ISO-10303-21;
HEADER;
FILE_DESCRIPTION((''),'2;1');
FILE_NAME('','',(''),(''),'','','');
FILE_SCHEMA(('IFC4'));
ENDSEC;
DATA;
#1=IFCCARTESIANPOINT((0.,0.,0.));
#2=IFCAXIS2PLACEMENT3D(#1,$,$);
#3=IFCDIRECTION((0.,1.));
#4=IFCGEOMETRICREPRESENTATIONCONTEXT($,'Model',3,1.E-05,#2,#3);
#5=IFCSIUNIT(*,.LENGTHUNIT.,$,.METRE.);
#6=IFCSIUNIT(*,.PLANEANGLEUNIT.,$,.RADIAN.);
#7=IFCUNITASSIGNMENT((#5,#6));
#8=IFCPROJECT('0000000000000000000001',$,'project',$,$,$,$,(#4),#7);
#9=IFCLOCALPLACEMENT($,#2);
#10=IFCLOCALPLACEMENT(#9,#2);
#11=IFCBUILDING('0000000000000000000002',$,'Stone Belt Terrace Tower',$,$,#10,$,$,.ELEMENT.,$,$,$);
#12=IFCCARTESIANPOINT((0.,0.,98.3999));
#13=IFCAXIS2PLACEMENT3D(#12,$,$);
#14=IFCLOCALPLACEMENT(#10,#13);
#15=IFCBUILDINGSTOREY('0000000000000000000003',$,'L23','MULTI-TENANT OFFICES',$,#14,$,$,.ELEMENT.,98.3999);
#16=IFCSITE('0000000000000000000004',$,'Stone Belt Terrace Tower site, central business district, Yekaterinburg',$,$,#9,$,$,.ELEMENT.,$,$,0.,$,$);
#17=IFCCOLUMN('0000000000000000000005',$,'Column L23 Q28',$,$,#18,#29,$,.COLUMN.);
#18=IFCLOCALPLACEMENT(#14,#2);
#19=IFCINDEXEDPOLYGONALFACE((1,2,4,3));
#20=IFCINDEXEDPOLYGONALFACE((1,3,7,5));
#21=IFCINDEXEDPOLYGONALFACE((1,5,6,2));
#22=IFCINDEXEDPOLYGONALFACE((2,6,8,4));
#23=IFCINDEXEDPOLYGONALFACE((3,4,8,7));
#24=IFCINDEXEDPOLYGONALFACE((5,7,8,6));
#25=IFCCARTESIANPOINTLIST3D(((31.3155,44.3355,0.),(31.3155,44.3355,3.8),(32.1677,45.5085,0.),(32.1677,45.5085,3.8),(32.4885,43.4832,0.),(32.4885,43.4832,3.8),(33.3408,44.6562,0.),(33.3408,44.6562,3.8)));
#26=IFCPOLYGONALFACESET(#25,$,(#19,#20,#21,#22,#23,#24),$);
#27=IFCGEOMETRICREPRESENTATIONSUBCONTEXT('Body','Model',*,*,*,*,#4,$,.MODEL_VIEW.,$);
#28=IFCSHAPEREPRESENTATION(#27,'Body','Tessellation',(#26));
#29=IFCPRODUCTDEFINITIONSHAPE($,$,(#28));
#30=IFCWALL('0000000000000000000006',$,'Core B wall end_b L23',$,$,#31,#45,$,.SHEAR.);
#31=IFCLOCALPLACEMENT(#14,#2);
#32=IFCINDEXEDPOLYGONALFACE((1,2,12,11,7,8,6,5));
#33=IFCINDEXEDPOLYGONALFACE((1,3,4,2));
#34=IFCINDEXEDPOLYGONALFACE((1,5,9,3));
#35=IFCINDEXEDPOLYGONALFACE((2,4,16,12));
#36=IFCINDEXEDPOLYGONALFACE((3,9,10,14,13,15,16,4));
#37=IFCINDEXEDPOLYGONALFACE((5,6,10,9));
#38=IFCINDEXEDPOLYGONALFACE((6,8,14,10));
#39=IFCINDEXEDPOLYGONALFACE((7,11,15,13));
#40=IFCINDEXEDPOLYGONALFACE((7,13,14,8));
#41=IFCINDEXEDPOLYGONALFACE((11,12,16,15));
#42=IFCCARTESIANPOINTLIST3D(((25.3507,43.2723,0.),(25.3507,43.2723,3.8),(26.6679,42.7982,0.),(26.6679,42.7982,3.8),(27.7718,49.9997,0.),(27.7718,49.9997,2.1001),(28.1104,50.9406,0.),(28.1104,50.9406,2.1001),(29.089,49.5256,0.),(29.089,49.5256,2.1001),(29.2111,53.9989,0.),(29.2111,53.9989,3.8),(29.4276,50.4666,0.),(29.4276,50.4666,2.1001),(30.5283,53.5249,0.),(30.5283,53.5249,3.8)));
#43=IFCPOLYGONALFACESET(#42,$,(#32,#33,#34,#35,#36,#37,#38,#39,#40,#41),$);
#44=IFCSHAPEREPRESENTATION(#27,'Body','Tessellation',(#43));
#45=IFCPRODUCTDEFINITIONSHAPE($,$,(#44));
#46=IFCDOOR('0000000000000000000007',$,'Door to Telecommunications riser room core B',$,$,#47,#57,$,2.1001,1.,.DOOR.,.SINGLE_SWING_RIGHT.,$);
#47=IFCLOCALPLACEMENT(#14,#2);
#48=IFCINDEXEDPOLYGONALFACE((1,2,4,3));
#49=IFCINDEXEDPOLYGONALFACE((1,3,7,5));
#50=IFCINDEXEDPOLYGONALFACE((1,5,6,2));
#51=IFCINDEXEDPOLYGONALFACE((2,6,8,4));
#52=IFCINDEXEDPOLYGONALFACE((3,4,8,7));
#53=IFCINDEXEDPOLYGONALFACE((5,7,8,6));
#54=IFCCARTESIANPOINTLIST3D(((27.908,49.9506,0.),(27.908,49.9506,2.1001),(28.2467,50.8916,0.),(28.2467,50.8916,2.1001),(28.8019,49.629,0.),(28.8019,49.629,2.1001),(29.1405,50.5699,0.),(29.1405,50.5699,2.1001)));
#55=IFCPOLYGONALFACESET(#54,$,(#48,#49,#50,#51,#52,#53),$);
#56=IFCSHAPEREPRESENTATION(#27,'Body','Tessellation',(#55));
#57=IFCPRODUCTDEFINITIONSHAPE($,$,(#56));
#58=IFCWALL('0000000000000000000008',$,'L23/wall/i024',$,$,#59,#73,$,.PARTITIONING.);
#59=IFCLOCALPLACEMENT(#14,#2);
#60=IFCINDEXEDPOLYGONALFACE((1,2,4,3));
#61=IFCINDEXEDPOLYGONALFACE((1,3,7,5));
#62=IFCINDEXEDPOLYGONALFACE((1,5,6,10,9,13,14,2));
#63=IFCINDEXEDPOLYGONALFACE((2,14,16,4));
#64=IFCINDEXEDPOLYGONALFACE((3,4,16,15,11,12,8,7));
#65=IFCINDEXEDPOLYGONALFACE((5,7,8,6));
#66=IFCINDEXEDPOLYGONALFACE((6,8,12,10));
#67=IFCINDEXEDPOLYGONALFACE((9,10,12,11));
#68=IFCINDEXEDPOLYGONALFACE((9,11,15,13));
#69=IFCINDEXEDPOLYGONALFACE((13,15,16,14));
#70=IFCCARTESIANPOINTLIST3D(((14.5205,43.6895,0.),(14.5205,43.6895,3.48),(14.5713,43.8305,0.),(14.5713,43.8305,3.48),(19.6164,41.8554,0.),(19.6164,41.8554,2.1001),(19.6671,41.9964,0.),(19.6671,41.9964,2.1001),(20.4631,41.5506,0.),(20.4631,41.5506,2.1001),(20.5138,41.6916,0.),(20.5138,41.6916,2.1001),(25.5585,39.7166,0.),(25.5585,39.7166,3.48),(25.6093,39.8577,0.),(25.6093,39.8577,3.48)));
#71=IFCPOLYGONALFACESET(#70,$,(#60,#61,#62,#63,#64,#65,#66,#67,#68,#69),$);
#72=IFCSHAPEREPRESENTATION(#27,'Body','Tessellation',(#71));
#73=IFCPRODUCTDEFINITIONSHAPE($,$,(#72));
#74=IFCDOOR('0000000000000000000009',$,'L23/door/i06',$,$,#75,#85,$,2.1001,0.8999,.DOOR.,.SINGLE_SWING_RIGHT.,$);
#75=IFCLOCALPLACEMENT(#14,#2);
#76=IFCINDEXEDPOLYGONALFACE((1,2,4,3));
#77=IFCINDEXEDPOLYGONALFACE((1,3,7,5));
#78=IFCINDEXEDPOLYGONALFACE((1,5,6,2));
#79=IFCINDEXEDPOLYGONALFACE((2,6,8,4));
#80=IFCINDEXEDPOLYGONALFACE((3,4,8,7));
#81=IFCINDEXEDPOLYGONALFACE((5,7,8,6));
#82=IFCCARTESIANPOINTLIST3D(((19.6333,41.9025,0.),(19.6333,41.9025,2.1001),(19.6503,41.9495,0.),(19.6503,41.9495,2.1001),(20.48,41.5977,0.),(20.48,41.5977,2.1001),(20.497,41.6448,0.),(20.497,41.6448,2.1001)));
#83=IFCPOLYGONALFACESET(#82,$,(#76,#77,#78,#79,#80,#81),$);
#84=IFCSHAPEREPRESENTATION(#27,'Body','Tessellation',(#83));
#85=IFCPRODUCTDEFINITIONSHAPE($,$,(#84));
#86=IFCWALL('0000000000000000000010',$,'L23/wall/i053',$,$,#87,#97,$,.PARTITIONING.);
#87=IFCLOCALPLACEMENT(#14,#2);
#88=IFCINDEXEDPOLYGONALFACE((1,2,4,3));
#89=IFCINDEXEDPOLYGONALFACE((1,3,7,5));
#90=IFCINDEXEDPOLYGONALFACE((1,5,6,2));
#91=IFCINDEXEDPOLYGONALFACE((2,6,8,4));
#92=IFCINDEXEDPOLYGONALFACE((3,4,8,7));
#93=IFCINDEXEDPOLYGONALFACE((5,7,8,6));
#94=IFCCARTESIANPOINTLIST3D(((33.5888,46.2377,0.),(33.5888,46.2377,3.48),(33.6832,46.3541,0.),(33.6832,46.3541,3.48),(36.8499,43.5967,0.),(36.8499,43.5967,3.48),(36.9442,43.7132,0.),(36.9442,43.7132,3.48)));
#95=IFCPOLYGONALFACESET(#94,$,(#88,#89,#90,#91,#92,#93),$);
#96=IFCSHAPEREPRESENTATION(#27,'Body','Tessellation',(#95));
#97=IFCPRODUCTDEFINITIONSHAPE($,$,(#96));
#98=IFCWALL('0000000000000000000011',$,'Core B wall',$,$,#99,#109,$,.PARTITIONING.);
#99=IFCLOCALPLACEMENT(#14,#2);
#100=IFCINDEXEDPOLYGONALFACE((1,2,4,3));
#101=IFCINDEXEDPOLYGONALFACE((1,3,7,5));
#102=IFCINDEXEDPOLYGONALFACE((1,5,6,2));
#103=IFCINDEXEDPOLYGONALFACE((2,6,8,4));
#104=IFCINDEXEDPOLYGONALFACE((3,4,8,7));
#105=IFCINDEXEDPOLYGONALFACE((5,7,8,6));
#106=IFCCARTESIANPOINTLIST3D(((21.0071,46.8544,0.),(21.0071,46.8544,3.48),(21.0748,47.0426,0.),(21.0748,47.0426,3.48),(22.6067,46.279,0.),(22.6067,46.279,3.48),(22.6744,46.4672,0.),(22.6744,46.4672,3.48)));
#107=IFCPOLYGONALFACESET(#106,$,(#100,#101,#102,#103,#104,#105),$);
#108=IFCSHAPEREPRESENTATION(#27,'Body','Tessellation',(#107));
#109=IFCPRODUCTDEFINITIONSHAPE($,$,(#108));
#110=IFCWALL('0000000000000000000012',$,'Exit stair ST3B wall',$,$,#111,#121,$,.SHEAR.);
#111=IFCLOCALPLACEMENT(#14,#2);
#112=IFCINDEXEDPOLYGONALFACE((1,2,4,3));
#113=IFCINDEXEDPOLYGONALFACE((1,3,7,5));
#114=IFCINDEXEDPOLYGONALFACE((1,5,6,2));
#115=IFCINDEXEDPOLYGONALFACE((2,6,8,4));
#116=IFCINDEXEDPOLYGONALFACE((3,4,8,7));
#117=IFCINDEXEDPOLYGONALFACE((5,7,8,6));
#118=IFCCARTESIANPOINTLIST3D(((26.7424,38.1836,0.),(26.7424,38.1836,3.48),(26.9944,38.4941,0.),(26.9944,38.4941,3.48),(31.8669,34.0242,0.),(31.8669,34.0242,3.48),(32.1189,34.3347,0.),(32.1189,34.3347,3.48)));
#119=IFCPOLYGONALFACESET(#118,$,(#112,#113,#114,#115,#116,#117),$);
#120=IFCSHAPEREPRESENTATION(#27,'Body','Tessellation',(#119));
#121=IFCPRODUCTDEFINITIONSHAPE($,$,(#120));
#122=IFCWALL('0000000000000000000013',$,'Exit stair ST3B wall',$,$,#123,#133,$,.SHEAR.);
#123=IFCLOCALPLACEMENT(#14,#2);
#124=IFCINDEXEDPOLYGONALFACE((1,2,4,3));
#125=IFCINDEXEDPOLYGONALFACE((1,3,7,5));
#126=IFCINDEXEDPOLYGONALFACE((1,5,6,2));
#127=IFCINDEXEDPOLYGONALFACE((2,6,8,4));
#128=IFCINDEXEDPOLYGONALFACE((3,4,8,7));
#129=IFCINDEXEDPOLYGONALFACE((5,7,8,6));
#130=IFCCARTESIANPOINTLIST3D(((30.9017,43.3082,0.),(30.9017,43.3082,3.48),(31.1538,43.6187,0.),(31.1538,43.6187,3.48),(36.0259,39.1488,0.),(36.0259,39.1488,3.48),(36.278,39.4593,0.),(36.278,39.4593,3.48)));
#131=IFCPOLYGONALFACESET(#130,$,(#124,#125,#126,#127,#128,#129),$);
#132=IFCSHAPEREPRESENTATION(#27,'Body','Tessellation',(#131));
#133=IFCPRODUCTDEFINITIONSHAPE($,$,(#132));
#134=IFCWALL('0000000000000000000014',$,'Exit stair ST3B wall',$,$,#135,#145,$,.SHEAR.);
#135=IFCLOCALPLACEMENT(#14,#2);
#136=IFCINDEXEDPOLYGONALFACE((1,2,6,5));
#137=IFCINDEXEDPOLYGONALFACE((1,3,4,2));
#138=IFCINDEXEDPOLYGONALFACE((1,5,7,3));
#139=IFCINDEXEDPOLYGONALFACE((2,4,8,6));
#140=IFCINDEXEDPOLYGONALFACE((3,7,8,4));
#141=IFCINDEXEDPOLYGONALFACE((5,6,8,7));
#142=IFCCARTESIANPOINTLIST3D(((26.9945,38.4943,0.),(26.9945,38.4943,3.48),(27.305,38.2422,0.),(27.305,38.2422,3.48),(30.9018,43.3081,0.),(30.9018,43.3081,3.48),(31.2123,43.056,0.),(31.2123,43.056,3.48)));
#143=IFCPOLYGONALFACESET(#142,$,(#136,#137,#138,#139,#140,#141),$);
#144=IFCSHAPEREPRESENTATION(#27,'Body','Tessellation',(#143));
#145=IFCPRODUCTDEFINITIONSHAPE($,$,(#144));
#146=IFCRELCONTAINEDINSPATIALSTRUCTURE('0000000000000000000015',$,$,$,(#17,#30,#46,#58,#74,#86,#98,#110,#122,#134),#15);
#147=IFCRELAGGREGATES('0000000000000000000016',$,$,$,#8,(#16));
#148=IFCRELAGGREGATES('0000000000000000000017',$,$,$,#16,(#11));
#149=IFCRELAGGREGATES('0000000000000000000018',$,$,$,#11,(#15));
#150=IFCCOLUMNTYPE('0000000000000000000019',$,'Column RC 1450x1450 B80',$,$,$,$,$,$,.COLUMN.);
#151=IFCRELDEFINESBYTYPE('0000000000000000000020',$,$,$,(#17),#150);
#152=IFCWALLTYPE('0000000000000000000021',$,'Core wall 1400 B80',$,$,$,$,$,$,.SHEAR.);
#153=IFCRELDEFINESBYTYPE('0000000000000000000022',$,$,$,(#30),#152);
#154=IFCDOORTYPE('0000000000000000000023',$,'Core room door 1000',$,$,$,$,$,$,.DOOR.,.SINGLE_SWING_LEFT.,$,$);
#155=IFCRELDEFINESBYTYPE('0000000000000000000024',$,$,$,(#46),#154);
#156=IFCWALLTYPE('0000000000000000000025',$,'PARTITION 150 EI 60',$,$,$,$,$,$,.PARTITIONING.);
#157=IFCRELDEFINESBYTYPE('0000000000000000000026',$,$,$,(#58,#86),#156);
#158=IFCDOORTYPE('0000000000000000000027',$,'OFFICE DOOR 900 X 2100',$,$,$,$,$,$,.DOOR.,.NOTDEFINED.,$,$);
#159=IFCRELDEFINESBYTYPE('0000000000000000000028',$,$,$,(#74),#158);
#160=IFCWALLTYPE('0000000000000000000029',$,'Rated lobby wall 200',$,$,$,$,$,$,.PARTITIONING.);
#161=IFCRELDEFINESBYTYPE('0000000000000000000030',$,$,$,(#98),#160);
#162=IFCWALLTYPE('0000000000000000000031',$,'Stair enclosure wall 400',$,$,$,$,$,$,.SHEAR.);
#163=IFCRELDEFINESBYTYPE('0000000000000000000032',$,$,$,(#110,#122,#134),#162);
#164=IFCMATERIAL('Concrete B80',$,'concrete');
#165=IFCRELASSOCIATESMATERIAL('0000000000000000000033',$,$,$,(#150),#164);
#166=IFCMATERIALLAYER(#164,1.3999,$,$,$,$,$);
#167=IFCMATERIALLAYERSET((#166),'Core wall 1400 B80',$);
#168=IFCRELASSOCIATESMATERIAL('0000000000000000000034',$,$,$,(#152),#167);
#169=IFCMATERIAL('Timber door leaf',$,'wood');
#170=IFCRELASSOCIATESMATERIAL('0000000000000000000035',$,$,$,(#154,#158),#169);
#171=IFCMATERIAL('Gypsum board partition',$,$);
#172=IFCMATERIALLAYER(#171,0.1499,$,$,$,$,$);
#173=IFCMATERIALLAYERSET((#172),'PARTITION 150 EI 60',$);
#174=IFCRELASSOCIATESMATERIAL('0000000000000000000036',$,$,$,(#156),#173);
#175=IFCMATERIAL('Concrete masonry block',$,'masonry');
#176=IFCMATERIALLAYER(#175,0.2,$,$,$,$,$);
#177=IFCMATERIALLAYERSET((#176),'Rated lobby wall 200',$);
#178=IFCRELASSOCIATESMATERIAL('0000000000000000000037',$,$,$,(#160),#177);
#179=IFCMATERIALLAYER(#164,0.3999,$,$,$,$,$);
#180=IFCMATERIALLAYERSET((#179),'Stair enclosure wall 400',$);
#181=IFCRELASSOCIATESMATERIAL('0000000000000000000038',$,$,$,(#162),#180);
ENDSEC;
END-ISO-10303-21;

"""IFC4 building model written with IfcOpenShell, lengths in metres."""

from ifc_helpers import new_model, si_unit, direction, frame, frame_2d, origin, origin_2d, place, context, subcontext, project, spatial, rectangle, extrude, material, layer, layer_set, material_profile, profile_set, type_object, element, fill, save


model = new_model("IFC4")

# Units and contexts
model_context = context("Model", 3, precision=1e-05, world=origin(), true_north=direction((0.0, 1.0)))
body_context = subcontext(model_context, "Body", "Model", "MODEL_VIEW")
ifc_project = project(units=[si_unit("LENGTHUNIT", "METRE"), si_unit("PLANEANGLEUNIT", "RADIAN")], contexts=[model_context])

# Site, building, storey
site_placement = place(None, origin())
site = spatial("IfcSite", under=ifc_project, at=site_placement, Name="Stone Belt Terrace Tower site, central business district, Yekaterinburg", CompositionType="ELEMENT", RefElevation=0.0)
building_placement = place(site_placement, origin())
building = spatial("IfcBuilding", under=site, at=building_placement, Name="Stone Belt Terrace Tower", CompositionType="ELEMENT")
storey_placement = place(building_placement, frame((0.0, 0.0, 98.3999)))
storey = spatial("IfcBuildingStorey", under=building, at=storey_placement, Name="L23", Description="MULTI-TENANT OFFICES", CompositionType="ELEMENT", Elevation=98.3999)

# Column
ifc_material_1 = material(Name="Concrete B80", Category="concrete")
ifc_material_profile = material_profile(ifc_material_1, rectangle(XDim=1.45, YDim=1.45, at=origin_2d()), Name="RC 1450x1450")
ifc_profile_set = profile_set([ifc_material_profile], Name="Concrete B80")
column_type = type_object("IfcColumnType", Name="Column RC 1450x1450 B80", PredefinedType="COLUMN", material=ifc_profile_set)
column_placement = place(storey_placement, frame((32.3281, 44.4958, 0.0), z_axis=(0.0, 0.0, 1.0), x_axis=(0.809017, -0.587785, 0.0)))
element("IfcColumn", 1, at=column_placement, inside=storey, type_object=column_type, Name="Column L23 Q28", PredefinedType="COLUMN", context=body_context, shape_type="SweptSolid", body=[
    extrude(rectangle(XDim=1.45, YDim=1.45, at=origin_2d()), origin(), (0.0, 0.0, 1.0), 3.8),
])

# Walls, openings, doors
ifc_layer_1 = layer(ifc_material_1, 1.3999)
ifc_layer_set_1 = layer_set([ifc_layer_1], Name="Core wall 1400 B80")
wall_type_1 = type_object("IfcWallType", Name="Core wall 1400 B80", PredefinedType="SHEAR", material=ifc_layer_set_1)
wall_1_placement = place(storey_placement, frame((26.0093, 43.0352, 0.0), z_axis=(0.0, 0.0, 1.0), x_axis=(0.338625, 0.940921, 0.0)))
wall_1 = element("IfcWall", 2, at=wall_1_placement, inside=storey, type_object=wall_type_1, Name="Core B wall end_b L23", PredefinedType="SHEAR", context=body_context, shape_type="SweptSolid", body=[
    extrude(rectangle(XDim=11.4001, YDim=1.3999, at=frame_2d((5.7002, 0.0))), origin(), (0.0, 0.0, 1.0), 3.8),
])
opening_1_placement = place(wall_1_placement, frame((7.1499, 0.0, 0.0)))
opening_1 = element("IfcOpeningElement", 3, at=opening_1_placement, cuts=wall_1, PredefinedType="OPENING", context=body_context, shape_type="SweptSolid", body=[
    extrude(rectangle(XDim=1.0, YDim=2.1001, at=frame_2d((0.5, 1.05))), frame((0.0, 0.71, 0.0), z_axis=(0.0, -1.0, 0.0), x_axis=(1.0, 0.0, 0.0)), (0.0, 0.0, 1.0), 1.4199),
])
ifc_material_2 = material(Name="Timber door leaf", Category="wood")
door_type_1 = type_object("IfcDoorType", Name="Core room door 1000", OperationType="SINGLE_SWING_LEFT", PredefinedType="DOOR", material=ifc_material_2)
door_1_placement = place(opening_1_placement, origin())
door_1 = element("IfcDoor", 4, at=door_1_placement, inside=storey, type_object=door_type_1, Name="Door to Telecommunications riser room core B", OperationType="SINGLE_SWING_RIGHT", OverallHeight=2.1001, OverallWidth=1.0, PredefinedType="DOOR", context=body_context, shape_type="SweptSolid", body=[
    extrude(rectangle(XDim=1.0, YDim=2.1001, at=frame_2d((0.5, 1.05))), frame((0.0, 0.5552, 0.0), z_axis=(0.0, -1.0, 0.0), x_axis=(1.0, 0.0, 0.0)), (0.0, 0.0, 1.0), 0.95),
])
fill(opening_1, door_1)
ifc_material_3 = material(Name="Gypsum board partition")
ifc_layer_2 = layer(ifc_material_3, 0.1499)
ifc_layer_set_2 = layer_set([ifc_layer_2], Name="PARTITION 150 EI 60")
wall_type_2 = type_object("IfcWallType", Name="PARTITION 150 EI 60", PredefinedType="PARTITIONING", material=ifc_layer_set_2)
wall_2_placement = place(storey_placement, frame((25.584, 39.7871, 0.0), z_axis=(0.0, 0.0, 1.0), x_axis=(-0.940909, 0.338658, 0.0)))
wall_2 = element("IfcWall", 5, at=wall_2_placement, inside=storey, type_object=wall_type_2, Name="L23/wall/i024", PredefinedType="PARTITIONING", context=body_context, shape_type="SweptSolid", body=[
    extrude(rectangle(XDim=11.7312, YDim=0.1499, at=frame_2d((5.8657, 0.0))), origin(), (0.0, 0.0, 1.0), 3.48),
])
opening_2_placement = place(wall_2_placement, frame((5.4155, 0.0, 0.0)))
opening_2 = element("IfcOpeningElement", 6, at=opening_2_placement, cuts=wall_2, PredefinedType="OPENING", context=body_context, shape_type="SweptSolid", body=[
    extrude(rectangle(XDim=0.8999, YDim=2.1001, at=frame_2d((0.45, 1.05))), frame((0.0, 0.085, 0.0), z_axis=(0.0, -1.0, 0.0), x_axis=(1.0, 0.0, 0.0)), (0.0, 0.0, 1.0), 0.1699),
])
door_type_2 = type_object("IfcDoorType", Name="OFFICE DOOR 900 X 2100", OperationType="NOTDEFINED", PredefinedType="DOOR", material=ifc_material_2)
door_2_placement = place(opening_2_placement, origin())
door_2 = element("IfcDoor", 7, at=door_2_placement, inside=storey, type_object=door_type_2, Name="L23/door/i06", OperationType="SINGLE_SWING_RIGHT", OverallHeight=2.1001, OverallWidth=0.8999, PredefinedType="DOOR", context=body_context, shape_type="SweptSolid", body=[
    extrude(rectangle(XDim=0.8999, YDim=2.1001, at=frame_2d((0.45, 1.05))), frame((0.0, 0.0249, 0.0), z_axis=(0.0, -1.0, 0.0), x_axis=(1.0, 0.0, 0.0)), (0.0, 0.0, 1.0), 0.05),
])
fill(opening_2, door_2)

# Walls
wall_3_placement = place(storey_placement, frame((33.636, 46.2959, 0.0), z_axis=(0.0, 0.0, 1.0), x_axis=(0.777126, -0.629346, 0.0)))
element("IfcWall", 8, at=wall_3_placement, inside=storey, type_object=wall_type_2, Name="L23/wall/i053", PredefinedType="PARTITIONING", context=body_context, shape_type="SweptSolid", body=[
    extrude(rectangle(XDim=4.1963, YDim=0.1499, at=frame_2d((2.0981, 0.0))), origin(), (0.0, 0.0, 1.0), 3.48),
])
ifc_material_4 = material(Name="Concrete masonry block", Category="masonry")
ifc_layer_3 = layer(ifc_material_4, 0.2)
ifc_layer_set_3 = layer_set([ifc_layer_3], Name="Rated lobby wall 200")
wall_type_3 = type_object("IfcWallType", Name="Rated lobby wall 200", PredefinedType="PARTITIONING", material=ifc_layer_set_3)
wall_4_placement = place(storey_placement, frame((22.6406, 46.373, 0.0), z_axis=(0.0, 0.0, 1.0), x_axis=(-0.940966, 0.338501, 0.0)))
element("IfcWall", 9, at=wall_4_placement, inside=storey, type_object=wall_type_3, Name="Core B wall", PredefinedType="PARTITIONING", context=body_context, shape_type="SweptSolid", body=[
    extrude(rectangle(XDim=1.7, YDim=0.2, at=frame_2d((0.8501, 0.0))), origin(), (0.0, 0.0, 1.0), 3.48),
])
ifc_layer_4 = layer(ifc_material_1, 0.3999)
ifc_layer_set_4 = layer_set([ifc_layer_4], Name="Stair enclosure wall 400")
wall_type_4 = type_object("IfcWallType", Name="Stair enclosure wall 400", PredefinedType="SHEAR", material=ifc_layer_set_4)
wall_5_placement = place(storey_placement, frame((26.8684, 38.3389, 0.0), z_axis=(0.0, 0.0, 1.0), x_axis=(0.776428, -0.630205, 0.0)))
element("IfcWall", 10, at=wall_5_placement, inside=storey, type_object=wall_type_4, Name="Exit stair ST3B wall", PredefinedType="SHEAR", context=body_context, shape_type="SweptSolid", body=[
    extrude(rectangle(XDim=6.6001, YDim=0.3999, at=frame_2d((3.3, 0.0))), origin(), (0.0, 0.0, 1.0), 3.48),
])
wall_6_placement = place(storey_placement, frame((31.0278, 43.4634, 0.0), z_axis=(0.0, 0.0, 1.0), x_axis=(0.776414, -0.630224, 0.0)))
element("IfcWall", 11, at=wall_6_placement, inside=storey, type_object=wall_type_4, Name="Exit stair ST3B wall", PredefinedType="SHEAR", context=body_context, shape_type="SweptSolid", body=[
    extrude(rectangle(XDim=6.5999, YDim=0.3999, at=frame_2d((3.2998, 0.0))), origin(), (0.0, 0.0, 1.0), 3.48),
])
wall_7_placement = place(storey_placement, frame((27.1497, 38.3682, 0.0), z_axis=(0.0, 0.0, 1.0), x_axis=(0.630212, 0.776423, 0.0)))
element("IfcWall", 12, at=wall_7_placement, inside=storey, type_object=wall_type_4, Name="Exit stair ST3B wall", PredefinedType="SHEAR", context=body_context, shape_type="SweptSolid", body=[
    extrude(rectangle(XDim=6.2, YDim=0.3999, at=frame_2d((3.1001, 0.0))), origin(), (0.0, 0.0, 1.0), 3.48),
])

save(model, "model.ifc")
